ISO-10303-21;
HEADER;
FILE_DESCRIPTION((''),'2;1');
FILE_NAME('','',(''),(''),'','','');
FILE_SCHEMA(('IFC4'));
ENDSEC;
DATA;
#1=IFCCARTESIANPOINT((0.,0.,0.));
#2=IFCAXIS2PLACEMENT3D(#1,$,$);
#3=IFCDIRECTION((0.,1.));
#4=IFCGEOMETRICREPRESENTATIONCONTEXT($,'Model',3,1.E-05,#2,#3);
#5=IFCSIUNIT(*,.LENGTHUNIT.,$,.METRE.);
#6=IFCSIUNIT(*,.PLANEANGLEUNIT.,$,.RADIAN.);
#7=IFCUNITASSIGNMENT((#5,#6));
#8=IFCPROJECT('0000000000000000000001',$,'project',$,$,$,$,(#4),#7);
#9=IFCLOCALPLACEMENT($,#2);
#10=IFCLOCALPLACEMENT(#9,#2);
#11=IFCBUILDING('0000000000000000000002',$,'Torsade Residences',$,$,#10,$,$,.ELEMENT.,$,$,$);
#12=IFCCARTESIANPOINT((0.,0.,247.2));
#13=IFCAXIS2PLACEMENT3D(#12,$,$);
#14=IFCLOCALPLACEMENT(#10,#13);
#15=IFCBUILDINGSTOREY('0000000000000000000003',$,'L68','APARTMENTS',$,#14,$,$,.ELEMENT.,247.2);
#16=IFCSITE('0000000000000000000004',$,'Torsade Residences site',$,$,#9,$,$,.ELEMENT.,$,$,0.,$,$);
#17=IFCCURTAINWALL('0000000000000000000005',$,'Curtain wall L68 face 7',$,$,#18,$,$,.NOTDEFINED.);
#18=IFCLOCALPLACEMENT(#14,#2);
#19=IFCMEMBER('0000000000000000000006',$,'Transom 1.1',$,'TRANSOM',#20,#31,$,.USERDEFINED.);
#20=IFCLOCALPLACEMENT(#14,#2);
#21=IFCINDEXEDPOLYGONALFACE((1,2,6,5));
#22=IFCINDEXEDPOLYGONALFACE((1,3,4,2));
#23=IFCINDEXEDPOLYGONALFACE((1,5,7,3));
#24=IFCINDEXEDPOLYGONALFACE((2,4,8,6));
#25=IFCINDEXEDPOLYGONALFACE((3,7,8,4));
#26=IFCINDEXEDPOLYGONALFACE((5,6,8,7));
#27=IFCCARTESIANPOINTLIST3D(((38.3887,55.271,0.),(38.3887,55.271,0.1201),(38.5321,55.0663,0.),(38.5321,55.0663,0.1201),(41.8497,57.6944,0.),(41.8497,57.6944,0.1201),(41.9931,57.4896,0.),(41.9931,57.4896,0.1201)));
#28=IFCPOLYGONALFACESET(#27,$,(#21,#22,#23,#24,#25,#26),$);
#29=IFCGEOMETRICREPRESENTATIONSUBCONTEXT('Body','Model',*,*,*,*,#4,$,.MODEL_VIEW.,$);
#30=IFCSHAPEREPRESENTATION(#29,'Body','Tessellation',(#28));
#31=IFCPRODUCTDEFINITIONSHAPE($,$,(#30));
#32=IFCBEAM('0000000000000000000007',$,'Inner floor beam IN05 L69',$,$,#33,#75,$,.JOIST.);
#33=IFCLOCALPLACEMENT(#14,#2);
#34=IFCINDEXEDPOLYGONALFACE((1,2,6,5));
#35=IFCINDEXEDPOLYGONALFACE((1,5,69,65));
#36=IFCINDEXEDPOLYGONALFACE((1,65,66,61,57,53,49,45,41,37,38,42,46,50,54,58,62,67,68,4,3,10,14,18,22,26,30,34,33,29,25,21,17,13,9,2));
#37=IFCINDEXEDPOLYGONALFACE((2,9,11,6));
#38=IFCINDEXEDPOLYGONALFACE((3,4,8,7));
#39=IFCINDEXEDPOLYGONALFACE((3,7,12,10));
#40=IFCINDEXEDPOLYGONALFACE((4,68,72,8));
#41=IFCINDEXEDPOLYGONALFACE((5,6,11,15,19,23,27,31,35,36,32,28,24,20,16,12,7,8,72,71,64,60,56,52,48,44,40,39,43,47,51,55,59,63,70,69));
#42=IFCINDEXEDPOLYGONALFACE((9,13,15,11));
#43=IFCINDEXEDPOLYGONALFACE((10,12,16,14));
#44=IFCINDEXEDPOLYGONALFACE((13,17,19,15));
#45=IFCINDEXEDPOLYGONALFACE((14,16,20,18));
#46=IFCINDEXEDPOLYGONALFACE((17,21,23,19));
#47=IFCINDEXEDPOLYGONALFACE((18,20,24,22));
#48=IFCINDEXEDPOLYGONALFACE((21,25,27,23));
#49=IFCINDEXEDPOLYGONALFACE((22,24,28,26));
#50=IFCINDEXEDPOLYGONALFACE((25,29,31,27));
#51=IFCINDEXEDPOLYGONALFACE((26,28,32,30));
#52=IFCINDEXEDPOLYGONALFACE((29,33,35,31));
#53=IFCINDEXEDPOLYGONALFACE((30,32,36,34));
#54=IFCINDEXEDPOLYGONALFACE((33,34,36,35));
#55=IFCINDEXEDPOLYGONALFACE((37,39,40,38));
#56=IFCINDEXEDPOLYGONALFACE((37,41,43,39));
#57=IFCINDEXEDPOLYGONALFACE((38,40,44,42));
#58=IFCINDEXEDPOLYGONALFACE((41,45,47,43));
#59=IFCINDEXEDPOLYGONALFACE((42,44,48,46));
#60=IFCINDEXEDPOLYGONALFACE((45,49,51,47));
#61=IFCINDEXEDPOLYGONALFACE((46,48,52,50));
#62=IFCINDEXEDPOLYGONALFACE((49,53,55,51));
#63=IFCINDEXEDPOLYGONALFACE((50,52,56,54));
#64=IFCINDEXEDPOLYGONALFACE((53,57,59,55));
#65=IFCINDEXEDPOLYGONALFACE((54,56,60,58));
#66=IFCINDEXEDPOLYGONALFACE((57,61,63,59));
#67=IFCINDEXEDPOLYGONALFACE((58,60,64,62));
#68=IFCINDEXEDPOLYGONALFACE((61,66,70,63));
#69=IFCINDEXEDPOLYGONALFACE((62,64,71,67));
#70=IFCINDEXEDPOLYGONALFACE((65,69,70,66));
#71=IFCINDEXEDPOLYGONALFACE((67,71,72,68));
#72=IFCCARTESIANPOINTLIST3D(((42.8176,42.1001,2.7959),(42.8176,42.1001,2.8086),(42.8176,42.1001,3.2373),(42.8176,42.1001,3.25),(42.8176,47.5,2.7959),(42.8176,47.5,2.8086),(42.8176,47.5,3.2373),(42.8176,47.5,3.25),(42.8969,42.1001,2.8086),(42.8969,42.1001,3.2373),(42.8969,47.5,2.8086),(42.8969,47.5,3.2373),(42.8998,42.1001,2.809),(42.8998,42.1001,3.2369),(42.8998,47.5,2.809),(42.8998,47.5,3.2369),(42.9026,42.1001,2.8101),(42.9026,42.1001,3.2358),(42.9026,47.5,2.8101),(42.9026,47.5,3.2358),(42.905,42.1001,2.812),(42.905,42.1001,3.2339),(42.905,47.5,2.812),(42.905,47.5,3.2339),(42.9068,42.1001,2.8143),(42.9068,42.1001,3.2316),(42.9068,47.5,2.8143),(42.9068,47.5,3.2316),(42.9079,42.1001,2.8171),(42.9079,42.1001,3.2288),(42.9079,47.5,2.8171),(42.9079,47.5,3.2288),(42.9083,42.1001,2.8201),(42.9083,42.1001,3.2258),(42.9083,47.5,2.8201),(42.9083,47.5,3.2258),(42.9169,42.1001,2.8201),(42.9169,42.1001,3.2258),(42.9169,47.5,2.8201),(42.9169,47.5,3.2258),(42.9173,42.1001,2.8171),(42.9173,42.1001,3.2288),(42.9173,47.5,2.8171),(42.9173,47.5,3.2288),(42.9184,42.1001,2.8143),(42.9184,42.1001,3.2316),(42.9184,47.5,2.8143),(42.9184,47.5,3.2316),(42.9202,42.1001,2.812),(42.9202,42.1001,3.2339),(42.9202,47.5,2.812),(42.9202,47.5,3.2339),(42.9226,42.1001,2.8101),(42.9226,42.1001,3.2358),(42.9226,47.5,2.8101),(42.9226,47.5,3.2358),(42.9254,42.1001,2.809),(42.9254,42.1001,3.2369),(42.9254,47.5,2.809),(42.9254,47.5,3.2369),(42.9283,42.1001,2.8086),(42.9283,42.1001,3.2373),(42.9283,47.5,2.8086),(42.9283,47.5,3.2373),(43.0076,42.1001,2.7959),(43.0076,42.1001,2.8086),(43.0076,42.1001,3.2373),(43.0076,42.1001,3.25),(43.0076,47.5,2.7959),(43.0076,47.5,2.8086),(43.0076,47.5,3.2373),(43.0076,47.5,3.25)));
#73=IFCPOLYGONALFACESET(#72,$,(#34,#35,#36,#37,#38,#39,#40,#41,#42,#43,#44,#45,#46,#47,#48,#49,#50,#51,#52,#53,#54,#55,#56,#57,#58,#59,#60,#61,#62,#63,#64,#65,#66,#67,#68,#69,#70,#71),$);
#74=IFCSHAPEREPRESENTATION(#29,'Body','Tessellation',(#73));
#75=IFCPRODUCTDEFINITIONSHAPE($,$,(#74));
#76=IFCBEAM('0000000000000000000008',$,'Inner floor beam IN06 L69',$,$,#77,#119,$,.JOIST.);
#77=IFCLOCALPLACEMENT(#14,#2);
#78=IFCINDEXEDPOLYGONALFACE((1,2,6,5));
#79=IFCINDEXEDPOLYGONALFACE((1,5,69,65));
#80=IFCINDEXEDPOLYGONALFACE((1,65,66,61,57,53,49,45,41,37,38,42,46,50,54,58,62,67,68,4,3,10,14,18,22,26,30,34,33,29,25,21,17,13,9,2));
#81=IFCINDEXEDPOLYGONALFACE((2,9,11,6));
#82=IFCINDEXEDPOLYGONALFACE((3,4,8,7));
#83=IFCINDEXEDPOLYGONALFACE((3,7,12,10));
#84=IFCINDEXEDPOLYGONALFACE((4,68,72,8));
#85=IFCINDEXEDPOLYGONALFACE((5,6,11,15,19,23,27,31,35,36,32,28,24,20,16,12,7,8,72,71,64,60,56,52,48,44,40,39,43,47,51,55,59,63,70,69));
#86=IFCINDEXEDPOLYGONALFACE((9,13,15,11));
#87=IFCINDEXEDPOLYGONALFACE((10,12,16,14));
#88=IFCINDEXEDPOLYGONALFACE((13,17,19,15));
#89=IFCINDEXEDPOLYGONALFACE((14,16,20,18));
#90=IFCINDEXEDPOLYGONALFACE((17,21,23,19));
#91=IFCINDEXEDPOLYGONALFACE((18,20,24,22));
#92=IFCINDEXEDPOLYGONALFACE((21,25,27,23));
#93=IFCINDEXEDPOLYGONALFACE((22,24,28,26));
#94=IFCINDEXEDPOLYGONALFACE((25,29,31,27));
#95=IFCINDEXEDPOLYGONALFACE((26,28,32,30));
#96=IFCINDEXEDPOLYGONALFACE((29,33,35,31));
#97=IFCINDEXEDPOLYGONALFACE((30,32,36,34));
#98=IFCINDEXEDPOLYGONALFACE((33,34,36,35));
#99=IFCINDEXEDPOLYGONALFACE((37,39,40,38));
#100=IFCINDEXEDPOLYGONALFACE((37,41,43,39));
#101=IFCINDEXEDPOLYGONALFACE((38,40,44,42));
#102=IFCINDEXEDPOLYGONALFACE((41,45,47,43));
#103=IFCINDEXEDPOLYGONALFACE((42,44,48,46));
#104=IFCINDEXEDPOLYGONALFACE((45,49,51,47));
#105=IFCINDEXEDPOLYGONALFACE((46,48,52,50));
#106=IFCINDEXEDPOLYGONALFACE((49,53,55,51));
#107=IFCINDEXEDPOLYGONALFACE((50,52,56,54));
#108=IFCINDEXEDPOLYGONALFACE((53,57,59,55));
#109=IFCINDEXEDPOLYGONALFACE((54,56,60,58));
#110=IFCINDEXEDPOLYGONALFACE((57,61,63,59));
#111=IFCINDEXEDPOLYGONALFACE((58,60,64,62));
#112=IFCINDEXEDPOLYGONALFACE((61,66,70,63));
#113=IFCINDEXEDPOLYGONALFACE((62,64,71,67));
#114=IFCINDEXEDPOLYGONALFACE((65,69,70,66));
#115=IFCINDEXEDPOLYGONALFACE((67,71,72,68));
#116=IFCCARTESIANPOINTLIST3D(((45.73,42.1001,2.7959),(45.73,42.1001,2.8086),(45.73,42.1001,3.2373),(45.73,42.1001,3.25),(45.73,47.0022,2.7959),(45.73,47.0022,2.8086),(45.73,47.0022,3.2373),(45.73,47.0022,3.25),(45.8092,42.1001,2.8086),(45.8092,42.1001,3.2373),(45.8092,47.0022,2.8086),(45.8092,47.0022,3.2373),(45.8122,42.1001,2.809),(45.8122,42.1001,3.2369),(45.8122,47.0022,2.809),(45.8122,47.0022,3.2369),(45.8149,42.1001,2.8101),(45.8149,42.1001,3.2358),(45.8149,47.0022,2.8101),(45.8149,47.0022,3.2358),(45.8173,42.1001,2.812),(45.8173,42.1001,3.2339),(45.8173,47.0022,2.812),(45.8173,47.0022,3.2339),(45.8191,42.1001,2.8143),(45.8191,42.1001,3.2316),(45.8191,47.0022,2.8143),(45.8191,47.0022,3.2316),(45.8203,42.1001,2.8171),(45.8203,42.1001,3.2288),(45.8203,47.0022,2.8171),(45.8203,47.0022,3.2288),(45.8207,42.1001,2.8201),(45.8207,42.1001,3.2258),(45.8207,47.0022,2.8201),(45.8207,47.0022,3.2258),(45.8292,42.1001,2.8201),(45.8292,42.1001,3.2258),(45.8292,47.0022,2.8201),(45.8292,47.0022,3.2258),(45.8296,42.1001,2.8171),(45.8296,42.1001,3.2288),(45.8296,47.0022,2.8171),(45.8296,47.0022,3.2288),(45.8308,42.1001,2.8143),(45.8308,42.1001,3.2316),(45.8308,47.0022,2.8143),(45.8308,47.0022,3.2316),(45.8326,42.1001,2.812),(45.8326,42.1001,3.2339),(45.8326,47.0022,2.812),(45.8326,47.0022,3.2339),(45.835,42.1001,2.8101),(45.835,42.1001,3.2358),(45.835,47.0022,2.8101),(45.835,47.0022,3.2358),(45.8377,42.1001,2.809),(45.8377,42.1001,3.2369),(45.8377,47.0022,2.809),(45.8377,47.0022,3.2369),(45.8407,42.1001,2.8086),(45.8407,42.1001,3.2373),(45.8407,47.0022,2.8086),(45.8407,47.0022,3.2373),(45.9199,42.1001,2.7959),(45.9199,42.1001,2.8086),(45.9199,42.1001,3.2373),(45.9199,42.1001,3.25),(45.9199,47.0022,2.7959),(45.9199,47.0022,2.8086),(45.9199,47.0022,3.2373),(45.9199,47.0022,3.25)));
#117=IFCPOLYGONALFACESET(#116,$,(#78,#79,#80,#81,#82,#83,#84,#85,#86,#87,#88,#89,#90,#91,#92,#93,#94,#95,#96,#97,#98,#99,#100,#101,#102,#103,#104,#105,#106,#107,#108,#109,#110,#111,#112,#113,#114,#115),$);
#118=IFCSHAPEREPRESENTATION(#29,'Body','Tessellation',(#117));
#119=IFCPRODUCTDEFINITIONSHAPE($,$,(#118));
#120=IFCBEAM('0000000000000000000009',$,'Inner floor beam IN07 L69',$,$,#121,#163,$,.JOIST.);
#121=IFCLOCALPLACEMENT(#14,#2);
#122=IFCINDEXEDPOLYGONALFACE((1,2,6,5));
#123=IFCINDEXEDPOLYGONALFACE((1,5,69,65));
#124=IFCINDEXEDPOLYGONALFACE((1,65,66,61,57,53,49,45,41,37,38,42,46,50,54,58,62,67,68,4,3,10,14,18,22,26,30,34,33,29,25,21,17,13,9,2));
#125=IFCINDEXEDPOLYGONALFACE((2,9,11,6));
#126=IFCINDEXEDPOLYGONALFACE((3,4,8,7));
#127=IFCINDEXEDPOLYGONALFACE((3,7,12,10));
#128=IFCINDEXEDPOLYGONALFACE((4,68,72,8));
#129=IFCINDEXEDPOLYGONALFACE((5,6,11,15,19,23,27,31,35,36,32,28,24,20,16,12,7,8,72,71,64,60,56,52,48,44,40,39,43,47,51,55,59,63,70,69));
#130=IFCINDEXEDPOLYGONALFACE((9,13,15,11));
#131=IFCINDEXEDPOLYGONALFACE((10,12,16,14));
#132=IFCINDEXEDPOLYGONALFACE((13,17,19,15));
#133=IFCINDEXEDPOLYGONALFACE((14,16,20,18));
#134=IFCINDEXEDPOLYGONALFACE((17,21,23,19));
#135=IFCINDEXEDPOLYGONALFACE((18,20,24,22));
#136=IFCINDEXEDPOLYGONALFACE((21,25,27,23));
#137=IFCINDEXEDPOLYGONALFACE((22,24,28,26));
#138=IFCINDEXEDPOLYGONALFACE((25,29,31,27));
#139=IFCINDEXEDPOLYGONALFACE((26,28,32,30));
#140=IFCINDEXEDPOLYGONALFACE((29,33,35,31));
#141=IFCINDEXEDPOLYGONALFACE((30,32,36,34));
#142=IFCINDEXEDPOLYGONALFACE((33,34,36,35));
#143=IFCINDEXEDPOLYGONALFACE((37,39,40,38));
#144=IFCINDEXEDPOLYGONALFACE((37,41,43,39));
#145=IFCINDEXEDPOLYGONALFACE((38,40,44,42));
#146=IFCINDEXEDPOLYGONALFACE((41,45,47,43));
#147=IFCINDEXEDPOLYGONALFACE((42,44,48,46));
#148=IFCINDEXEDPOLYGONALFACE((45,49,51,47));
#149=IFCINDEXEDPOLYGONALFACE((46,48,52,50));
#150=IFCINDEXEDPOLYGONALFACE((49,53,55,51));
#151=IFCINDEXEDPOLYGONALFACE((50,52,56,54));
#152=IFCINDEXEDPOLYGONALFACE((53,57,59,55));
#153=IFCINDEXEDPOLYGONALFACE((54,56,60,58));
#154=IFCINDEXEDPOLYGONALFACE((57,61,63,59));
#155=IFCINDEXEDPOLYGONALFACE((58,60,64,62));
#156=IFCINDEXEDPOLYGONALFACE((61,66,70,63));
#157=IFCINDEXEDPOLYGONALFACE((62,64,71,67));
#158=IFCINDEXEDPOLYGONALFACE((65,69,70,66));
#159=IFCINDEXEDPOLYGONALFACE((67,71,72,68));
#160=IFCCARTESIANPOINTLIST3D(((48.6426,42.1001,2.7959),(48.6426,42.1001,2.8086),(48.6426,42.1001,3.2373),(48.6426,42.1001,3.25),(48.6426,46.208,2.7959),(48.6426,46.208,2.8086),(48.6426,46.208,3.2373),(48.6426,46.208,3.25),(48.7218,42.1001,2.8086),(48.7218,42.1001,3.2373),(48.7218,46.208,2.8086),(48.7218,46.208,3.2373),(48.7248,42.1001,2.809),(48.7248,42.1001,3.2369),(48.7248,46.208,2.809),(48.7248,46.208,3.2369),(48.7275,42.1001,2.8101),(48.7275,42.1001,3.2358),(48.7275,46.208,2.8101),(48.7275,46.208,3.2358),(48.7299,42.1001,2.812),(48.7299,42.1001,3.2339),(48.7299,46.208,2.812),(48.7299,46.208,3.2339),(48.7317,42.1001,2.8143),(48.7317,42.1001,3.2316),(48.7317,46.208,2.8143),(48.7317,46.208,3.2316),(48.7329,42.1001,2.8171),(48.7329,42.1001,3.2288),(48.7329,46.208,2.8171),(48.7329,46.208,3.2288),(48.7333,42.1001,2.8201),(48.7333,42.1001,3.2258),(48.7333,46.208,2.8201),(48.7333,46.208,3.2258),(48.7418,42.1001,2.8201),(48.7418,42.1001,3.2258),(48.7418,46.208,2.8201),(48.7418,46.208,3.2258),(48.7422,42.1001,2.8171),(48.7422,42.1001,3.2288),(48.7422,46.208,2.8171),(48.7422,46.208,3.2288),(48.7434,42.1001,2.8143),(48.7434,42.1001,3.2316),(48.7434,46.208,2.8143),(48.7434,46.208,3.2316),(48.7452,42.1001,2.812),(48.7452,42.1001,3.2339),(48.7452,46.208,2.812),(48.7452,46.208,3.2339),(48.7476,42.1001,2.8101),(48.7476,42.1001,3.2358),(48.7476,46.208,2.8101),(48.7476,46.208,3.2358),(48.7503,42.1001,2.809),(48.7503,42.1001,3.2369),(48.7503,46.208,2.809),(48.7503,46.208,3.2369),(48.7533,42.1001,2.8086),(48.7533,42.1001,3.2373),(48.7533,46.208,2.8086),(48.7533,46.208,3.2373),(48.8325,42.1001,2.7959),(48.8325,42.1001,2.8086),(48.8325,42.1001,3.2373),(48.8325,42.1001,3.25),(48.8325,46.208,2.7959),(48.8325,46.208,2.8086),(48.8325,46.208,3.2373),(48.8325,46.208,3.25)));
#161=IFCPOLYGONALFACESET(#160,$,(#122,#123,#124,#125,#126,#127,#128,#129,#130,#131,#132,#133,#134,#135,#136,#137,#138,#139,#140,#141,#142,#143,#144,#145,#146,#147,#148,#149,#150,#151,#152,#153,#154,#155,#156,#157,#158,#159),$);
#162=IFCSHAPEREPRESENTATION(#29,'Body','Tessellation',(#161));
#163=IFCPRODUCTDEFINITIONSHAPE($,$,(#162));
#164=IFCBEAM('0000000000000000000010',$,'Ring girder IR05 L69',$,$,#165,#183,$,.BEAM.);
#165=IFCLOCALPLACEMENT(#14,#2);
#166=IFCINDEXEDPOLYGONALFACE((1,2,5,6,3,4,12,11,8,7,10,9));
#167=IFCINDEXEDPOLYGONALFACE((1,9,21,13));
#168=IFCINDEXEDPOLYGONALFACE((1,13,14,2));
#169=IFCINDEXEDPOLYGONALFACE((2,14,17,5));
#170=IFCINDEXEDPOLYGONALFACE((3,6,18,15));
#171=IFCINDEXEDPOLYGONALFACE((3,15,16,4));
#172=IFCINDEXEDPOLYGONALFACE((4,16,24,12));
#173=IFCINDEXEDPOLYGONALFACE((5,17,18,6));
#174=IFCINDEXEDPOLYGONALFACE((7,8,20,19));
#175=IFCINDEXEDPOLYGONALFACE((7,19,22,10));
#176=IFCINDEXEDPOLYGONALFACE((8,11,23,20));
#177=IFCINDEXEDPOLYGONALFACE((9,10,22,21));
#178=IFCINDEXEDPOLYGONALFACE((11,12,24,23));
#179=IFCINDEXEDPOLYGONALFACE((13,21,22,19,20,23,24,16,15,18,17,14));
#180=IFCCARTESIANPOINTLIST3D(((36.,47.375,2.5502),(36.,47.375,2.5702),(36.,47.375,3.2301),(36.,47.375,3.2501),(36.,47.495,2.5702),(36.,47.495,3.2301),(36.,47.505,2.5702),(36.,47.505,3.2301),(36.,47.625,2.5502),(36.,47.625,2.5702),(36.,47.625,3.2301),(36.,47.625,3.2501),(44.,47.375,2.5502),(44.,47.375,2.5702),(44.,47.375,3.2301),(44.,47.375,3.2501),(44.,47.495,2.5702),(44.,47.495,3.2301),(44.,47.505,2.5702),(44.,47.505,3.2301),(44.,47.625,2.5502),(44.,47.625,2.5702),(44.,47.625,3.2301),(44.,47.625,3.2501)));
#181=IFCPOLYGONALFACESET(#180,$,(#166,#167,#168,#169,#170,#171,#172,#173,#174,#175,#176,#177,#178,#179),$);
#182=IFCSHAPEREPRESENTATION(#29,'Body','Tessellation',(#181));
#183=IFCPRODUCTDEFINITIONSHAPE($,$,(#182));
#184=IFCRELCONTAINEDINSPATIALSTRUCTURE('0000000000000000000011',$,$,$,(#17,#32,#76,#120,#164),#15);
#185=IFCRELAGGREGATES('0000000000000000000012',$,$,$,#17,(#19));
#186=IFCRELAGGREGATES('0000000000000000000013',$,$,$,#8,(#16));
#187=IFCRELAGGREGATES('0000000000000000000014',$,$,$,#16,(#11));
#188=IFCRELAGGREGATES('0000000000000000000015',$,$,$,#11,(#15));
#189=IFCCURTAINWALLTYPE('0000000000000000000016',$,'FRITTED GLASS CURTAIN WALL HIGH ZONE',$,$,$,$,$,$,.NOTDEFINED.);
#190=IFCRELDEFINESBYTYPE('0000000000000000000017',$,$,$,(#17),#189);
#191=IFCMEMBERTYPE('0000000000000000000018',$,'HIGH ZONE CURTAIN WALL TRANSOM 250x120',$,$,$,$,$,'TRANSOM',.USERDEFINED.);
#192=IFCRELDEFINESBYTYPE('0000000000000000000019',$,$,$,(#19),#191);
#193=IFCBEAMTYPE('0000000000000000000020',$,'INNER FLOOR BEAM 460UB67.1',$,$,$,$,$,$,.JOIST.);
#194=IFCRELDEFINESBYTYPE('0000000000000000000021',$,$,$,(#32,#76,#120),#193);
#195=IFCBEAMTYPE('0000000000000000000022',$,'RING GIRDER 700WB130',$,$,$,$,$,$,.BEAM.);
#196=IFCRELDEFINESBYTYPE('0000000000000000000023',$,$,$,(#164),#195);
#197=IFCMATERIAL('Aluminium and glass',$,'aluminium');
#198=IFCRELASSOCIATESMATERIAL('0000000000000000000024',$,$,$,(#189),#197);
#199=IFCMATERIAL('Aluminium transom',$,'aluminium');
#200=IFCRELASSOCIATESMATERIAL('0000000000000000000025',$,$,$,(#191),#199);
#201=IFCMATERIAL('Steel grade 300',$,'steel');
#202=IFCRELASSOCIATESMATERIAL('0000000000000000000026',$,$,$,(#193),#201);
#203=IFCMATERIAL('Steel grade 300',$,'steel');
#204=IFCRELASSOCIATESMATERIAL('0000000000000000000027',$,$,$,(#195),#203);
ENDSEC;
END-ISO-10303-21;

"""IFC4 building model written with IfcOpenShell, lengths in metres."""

from ifc_helpers import new_model, si_unit, direction, frame, origin, origin_2d, place, context, subcontext, project, spatial, rectangle, i_section, extrude, material, material_profile, profile_set, type_object, element, aggregate, save


model = new_model("IFC4")

# Units and contexts
model_context = context("Model", 3, precision=1e-05, world=origin(), true_north=direction((0.0, 1.0)))
body_context = subcontext(model_context, "Body", "Model", "MODEL_VIEW")
ifc_project = project(units=[si_unit("LENGTHUNIT", "METRE"), si_unit("PLANEANGLEUNIT", "RADIAN")], contexts=[model_context])

# Site, building, storey
site_placement = place(None, origin())
site = spatial("IfcSite", under=ifc_project, at=site_placement, Name="Torsade Residences site", CompositionType="ELEMENT", RefElevation=0.0)
building_placement = place(site_placement, origin())
building = spatial("IfcBuilding", under=site, at=building_placement, Name="Torsade Residences", CompositionType="ELEMENT")
storey_placement = place(building_placement, frame((0.0, 0.0, 247.2)))
storey = spatial("IfcBuildingStorey", under=building, at=storey_placement, Name="L68", Description="APARTMENTS", CompositionType="ELEMENT", Elevation=247.2)

# Shared definitions
ifc_material_1 = material(Name="Aluminium and glass", Category="aluminium")
curtain_wall_type = type_object("IfcCurtainWallType", Name="FRITTED GLASS CURTAIN WALL HIGH ZONE", PredefinedType="NOTDEFINED", material=ifc_material_1)

# Curtain wall, member
curtain_wall_1_placement = place(storey_placement, origin())
curtain_wall_1 = element("IfcCurtainWall", 1, at=curtain_wall_1_placement, inside=storey, type_object=curtain_wall_type, Name="Curtain wall L68 face 7", PredefinedType="NOTDEFINED")
ifc_material_2 = material(Name="Aluminium transom", Category="aluminium")
ifc_material_profile_1 = material_profile(ifc_material_2, rectangle(XDim=0.25, YDim=0.1201, at=origin_2d()), Name="HIGH ZONE CURTAIN WALL TRANSOM 250x120")
ifc_profile_set_1 = profile_set([ifc_material_profile_1], Name="Aluminium transom")
member_type_1 = type_object("IfcMemberType", Name="HIGH ZONE CURTAIN WALL TRANSOM 250x120", ElementType="TRANSOM", PredefinedType="USERDEFINED", material=ifc_profile_set_1)
member_1_placement = place(storey_placement, frame((41.9214, 57.592, 0.0601), z_axis=(-0.819156, -0.573571, 0.0), x_axis=(0.573571, -0.819156, 0.0)))
member_1 = element("IfcMember", 2, at=member_1_placement, type_object=member_type_1, Name="Transom 1.1", ObjectType="TRANSOM", PredefinedType="USERDEFINED", context=body_context, shape_type="SweptSolid", body=[
    extrude(rectangle(XDim=0.25, YDim=0.1201, at=origin_2d()), origin(), (0.0, 0.0, 1.0), 4.2251),
])

# Beams
ifc_material_3 = material(Name="Steel grade 300", Category="steel")
ifc_material_profile_2 = material_profile(ifc_material_3, i_section(OverallWidth=0.1899, OverallDepth=0.4541, WebThickness=0.0085, FlangeThickness=0.0127, FilletRadius=0.0115, at=origin_2d()), Name="460UB67.1")
ifc_profile_set_2 = profile_set([ifc_material_profile_2], Name="Steel grade 300")
beam_type_1 = type_object("IfcBeamType", Name="INNER FLOOR BEAM 460UB67.1", PredefinedType="JOIST", material=ifc_profile_set_2)
beam_1_placement = place(storey_placement, frame((42.9126, 42.1001, 3.0229), z_axis=(0.0, 1.0, 0.0), x_axis=(-1.0, 0.0, 0.0)))
element("IfcBeam", 3, at=beam_1_placement, inside=storey, type_object=beam_type_1, Name="Inner floor beam IN05 L69", PredefinedType="JOIST", context=body_context, shape_type="SweptSolid", body=[
    extrude(i_section(OverallWidth=0.1899, OverallDepth=0.4541, WebThickness=0.0085, FlangeThickness=0.0127, FilletRadius=0.0115, at=origin_2d()), origin(), (0.0, 0.0, 1.0), 5.3999),
])
beam_2_placement = place(storey_placement, frame((45.825, 42.1001, 3.0229), z_axis=(0.0, 1.0, 0.0), x_axis=(-1.0, 0.0, 0.0)))
element("IfcBeam", 4, at=beam_2_placement, inside=storey, type_object=beam_type_1, Name="Inner floor beam IN06 L69", PredefinedType="JOIST", context=body_context, shape_type="SweptSolid", body=[
    extrude(i_section(OverallWidth=0.1899, OverallDepth=0.4541, WebThickness=0.0085, FlangeThickness=0.0127, FilletRadius=0.0115, at=origin_2d()), origin(), (0.0, 0.0, 1.0), 4.9021),
])
beam_3_placement = place(storey_placement, frame((48.7375, 42.1001, 3.0229), z_axis=(0.0, 1.0, 0.0), x_axis=(-1.0, 0.0, 0.0)))
element("IfcBeam", 5, at=beam_3_placement, inside=storey, type_object=beam_type_1, Name="Inner floor beam IN07 L69", PredefinedType="JOIST", context=body_context, shape_type="SweptSolid", body=[
    extrude(i_section(OverallWidth=0.1899, OverallDepth=0.4541, WebThickness=0.0085, FlangeThickness=0.0127, FilletRadius=0.0115, at=origin_2d()), origin(), (0.0, 0.0, 1.0), 4.1079),
])
ifc_material_4 = material(Name="Steel grade 300", Category="steel")
ifc_material_profile_3 = material_profile(ifc_material_4, i_section(OverallWidth=0.25, OverallDepth=0.7, WebThickness=0.01, FlangeThickness=0.02, at=origin_2d()), Name="700WB130")
ifc_profile_set_3 = profile_set([ifc_material_profile_3], Name="Steel grade 300")
beam_type_2 = type_object("IfcBeamType", Name="RING GIRDER 700WB130", PredefinedType="BEAM", material=ifc_profile_set_3)
beam_4_placement = place(storey_placement, frame((44.0, 47.5, 2.9001), z_axis=(-1.0, 0.0, 0.0), x_axis=(0.0, -1.0, 0.0)))
element("IfcBeam", 6, at=beam_4_placement, inside=storey, type_object=beam_type_2, Name="Ring girder IR05 L69", PredefinedType="BEAM", context=body_context, shape_type="SweptSolid", body=[
    extrude(i_section(OverallWidth=0.25, OverallDepth=0.7, WebThickness=0.01, FlangeThickness=0.02, at=origin_2d()), origin(), (0.0, 0.0, 1.0), 8.0),
])

aggregate(curtain_wall_1, [member_1])

save(model, "model.ifc")
